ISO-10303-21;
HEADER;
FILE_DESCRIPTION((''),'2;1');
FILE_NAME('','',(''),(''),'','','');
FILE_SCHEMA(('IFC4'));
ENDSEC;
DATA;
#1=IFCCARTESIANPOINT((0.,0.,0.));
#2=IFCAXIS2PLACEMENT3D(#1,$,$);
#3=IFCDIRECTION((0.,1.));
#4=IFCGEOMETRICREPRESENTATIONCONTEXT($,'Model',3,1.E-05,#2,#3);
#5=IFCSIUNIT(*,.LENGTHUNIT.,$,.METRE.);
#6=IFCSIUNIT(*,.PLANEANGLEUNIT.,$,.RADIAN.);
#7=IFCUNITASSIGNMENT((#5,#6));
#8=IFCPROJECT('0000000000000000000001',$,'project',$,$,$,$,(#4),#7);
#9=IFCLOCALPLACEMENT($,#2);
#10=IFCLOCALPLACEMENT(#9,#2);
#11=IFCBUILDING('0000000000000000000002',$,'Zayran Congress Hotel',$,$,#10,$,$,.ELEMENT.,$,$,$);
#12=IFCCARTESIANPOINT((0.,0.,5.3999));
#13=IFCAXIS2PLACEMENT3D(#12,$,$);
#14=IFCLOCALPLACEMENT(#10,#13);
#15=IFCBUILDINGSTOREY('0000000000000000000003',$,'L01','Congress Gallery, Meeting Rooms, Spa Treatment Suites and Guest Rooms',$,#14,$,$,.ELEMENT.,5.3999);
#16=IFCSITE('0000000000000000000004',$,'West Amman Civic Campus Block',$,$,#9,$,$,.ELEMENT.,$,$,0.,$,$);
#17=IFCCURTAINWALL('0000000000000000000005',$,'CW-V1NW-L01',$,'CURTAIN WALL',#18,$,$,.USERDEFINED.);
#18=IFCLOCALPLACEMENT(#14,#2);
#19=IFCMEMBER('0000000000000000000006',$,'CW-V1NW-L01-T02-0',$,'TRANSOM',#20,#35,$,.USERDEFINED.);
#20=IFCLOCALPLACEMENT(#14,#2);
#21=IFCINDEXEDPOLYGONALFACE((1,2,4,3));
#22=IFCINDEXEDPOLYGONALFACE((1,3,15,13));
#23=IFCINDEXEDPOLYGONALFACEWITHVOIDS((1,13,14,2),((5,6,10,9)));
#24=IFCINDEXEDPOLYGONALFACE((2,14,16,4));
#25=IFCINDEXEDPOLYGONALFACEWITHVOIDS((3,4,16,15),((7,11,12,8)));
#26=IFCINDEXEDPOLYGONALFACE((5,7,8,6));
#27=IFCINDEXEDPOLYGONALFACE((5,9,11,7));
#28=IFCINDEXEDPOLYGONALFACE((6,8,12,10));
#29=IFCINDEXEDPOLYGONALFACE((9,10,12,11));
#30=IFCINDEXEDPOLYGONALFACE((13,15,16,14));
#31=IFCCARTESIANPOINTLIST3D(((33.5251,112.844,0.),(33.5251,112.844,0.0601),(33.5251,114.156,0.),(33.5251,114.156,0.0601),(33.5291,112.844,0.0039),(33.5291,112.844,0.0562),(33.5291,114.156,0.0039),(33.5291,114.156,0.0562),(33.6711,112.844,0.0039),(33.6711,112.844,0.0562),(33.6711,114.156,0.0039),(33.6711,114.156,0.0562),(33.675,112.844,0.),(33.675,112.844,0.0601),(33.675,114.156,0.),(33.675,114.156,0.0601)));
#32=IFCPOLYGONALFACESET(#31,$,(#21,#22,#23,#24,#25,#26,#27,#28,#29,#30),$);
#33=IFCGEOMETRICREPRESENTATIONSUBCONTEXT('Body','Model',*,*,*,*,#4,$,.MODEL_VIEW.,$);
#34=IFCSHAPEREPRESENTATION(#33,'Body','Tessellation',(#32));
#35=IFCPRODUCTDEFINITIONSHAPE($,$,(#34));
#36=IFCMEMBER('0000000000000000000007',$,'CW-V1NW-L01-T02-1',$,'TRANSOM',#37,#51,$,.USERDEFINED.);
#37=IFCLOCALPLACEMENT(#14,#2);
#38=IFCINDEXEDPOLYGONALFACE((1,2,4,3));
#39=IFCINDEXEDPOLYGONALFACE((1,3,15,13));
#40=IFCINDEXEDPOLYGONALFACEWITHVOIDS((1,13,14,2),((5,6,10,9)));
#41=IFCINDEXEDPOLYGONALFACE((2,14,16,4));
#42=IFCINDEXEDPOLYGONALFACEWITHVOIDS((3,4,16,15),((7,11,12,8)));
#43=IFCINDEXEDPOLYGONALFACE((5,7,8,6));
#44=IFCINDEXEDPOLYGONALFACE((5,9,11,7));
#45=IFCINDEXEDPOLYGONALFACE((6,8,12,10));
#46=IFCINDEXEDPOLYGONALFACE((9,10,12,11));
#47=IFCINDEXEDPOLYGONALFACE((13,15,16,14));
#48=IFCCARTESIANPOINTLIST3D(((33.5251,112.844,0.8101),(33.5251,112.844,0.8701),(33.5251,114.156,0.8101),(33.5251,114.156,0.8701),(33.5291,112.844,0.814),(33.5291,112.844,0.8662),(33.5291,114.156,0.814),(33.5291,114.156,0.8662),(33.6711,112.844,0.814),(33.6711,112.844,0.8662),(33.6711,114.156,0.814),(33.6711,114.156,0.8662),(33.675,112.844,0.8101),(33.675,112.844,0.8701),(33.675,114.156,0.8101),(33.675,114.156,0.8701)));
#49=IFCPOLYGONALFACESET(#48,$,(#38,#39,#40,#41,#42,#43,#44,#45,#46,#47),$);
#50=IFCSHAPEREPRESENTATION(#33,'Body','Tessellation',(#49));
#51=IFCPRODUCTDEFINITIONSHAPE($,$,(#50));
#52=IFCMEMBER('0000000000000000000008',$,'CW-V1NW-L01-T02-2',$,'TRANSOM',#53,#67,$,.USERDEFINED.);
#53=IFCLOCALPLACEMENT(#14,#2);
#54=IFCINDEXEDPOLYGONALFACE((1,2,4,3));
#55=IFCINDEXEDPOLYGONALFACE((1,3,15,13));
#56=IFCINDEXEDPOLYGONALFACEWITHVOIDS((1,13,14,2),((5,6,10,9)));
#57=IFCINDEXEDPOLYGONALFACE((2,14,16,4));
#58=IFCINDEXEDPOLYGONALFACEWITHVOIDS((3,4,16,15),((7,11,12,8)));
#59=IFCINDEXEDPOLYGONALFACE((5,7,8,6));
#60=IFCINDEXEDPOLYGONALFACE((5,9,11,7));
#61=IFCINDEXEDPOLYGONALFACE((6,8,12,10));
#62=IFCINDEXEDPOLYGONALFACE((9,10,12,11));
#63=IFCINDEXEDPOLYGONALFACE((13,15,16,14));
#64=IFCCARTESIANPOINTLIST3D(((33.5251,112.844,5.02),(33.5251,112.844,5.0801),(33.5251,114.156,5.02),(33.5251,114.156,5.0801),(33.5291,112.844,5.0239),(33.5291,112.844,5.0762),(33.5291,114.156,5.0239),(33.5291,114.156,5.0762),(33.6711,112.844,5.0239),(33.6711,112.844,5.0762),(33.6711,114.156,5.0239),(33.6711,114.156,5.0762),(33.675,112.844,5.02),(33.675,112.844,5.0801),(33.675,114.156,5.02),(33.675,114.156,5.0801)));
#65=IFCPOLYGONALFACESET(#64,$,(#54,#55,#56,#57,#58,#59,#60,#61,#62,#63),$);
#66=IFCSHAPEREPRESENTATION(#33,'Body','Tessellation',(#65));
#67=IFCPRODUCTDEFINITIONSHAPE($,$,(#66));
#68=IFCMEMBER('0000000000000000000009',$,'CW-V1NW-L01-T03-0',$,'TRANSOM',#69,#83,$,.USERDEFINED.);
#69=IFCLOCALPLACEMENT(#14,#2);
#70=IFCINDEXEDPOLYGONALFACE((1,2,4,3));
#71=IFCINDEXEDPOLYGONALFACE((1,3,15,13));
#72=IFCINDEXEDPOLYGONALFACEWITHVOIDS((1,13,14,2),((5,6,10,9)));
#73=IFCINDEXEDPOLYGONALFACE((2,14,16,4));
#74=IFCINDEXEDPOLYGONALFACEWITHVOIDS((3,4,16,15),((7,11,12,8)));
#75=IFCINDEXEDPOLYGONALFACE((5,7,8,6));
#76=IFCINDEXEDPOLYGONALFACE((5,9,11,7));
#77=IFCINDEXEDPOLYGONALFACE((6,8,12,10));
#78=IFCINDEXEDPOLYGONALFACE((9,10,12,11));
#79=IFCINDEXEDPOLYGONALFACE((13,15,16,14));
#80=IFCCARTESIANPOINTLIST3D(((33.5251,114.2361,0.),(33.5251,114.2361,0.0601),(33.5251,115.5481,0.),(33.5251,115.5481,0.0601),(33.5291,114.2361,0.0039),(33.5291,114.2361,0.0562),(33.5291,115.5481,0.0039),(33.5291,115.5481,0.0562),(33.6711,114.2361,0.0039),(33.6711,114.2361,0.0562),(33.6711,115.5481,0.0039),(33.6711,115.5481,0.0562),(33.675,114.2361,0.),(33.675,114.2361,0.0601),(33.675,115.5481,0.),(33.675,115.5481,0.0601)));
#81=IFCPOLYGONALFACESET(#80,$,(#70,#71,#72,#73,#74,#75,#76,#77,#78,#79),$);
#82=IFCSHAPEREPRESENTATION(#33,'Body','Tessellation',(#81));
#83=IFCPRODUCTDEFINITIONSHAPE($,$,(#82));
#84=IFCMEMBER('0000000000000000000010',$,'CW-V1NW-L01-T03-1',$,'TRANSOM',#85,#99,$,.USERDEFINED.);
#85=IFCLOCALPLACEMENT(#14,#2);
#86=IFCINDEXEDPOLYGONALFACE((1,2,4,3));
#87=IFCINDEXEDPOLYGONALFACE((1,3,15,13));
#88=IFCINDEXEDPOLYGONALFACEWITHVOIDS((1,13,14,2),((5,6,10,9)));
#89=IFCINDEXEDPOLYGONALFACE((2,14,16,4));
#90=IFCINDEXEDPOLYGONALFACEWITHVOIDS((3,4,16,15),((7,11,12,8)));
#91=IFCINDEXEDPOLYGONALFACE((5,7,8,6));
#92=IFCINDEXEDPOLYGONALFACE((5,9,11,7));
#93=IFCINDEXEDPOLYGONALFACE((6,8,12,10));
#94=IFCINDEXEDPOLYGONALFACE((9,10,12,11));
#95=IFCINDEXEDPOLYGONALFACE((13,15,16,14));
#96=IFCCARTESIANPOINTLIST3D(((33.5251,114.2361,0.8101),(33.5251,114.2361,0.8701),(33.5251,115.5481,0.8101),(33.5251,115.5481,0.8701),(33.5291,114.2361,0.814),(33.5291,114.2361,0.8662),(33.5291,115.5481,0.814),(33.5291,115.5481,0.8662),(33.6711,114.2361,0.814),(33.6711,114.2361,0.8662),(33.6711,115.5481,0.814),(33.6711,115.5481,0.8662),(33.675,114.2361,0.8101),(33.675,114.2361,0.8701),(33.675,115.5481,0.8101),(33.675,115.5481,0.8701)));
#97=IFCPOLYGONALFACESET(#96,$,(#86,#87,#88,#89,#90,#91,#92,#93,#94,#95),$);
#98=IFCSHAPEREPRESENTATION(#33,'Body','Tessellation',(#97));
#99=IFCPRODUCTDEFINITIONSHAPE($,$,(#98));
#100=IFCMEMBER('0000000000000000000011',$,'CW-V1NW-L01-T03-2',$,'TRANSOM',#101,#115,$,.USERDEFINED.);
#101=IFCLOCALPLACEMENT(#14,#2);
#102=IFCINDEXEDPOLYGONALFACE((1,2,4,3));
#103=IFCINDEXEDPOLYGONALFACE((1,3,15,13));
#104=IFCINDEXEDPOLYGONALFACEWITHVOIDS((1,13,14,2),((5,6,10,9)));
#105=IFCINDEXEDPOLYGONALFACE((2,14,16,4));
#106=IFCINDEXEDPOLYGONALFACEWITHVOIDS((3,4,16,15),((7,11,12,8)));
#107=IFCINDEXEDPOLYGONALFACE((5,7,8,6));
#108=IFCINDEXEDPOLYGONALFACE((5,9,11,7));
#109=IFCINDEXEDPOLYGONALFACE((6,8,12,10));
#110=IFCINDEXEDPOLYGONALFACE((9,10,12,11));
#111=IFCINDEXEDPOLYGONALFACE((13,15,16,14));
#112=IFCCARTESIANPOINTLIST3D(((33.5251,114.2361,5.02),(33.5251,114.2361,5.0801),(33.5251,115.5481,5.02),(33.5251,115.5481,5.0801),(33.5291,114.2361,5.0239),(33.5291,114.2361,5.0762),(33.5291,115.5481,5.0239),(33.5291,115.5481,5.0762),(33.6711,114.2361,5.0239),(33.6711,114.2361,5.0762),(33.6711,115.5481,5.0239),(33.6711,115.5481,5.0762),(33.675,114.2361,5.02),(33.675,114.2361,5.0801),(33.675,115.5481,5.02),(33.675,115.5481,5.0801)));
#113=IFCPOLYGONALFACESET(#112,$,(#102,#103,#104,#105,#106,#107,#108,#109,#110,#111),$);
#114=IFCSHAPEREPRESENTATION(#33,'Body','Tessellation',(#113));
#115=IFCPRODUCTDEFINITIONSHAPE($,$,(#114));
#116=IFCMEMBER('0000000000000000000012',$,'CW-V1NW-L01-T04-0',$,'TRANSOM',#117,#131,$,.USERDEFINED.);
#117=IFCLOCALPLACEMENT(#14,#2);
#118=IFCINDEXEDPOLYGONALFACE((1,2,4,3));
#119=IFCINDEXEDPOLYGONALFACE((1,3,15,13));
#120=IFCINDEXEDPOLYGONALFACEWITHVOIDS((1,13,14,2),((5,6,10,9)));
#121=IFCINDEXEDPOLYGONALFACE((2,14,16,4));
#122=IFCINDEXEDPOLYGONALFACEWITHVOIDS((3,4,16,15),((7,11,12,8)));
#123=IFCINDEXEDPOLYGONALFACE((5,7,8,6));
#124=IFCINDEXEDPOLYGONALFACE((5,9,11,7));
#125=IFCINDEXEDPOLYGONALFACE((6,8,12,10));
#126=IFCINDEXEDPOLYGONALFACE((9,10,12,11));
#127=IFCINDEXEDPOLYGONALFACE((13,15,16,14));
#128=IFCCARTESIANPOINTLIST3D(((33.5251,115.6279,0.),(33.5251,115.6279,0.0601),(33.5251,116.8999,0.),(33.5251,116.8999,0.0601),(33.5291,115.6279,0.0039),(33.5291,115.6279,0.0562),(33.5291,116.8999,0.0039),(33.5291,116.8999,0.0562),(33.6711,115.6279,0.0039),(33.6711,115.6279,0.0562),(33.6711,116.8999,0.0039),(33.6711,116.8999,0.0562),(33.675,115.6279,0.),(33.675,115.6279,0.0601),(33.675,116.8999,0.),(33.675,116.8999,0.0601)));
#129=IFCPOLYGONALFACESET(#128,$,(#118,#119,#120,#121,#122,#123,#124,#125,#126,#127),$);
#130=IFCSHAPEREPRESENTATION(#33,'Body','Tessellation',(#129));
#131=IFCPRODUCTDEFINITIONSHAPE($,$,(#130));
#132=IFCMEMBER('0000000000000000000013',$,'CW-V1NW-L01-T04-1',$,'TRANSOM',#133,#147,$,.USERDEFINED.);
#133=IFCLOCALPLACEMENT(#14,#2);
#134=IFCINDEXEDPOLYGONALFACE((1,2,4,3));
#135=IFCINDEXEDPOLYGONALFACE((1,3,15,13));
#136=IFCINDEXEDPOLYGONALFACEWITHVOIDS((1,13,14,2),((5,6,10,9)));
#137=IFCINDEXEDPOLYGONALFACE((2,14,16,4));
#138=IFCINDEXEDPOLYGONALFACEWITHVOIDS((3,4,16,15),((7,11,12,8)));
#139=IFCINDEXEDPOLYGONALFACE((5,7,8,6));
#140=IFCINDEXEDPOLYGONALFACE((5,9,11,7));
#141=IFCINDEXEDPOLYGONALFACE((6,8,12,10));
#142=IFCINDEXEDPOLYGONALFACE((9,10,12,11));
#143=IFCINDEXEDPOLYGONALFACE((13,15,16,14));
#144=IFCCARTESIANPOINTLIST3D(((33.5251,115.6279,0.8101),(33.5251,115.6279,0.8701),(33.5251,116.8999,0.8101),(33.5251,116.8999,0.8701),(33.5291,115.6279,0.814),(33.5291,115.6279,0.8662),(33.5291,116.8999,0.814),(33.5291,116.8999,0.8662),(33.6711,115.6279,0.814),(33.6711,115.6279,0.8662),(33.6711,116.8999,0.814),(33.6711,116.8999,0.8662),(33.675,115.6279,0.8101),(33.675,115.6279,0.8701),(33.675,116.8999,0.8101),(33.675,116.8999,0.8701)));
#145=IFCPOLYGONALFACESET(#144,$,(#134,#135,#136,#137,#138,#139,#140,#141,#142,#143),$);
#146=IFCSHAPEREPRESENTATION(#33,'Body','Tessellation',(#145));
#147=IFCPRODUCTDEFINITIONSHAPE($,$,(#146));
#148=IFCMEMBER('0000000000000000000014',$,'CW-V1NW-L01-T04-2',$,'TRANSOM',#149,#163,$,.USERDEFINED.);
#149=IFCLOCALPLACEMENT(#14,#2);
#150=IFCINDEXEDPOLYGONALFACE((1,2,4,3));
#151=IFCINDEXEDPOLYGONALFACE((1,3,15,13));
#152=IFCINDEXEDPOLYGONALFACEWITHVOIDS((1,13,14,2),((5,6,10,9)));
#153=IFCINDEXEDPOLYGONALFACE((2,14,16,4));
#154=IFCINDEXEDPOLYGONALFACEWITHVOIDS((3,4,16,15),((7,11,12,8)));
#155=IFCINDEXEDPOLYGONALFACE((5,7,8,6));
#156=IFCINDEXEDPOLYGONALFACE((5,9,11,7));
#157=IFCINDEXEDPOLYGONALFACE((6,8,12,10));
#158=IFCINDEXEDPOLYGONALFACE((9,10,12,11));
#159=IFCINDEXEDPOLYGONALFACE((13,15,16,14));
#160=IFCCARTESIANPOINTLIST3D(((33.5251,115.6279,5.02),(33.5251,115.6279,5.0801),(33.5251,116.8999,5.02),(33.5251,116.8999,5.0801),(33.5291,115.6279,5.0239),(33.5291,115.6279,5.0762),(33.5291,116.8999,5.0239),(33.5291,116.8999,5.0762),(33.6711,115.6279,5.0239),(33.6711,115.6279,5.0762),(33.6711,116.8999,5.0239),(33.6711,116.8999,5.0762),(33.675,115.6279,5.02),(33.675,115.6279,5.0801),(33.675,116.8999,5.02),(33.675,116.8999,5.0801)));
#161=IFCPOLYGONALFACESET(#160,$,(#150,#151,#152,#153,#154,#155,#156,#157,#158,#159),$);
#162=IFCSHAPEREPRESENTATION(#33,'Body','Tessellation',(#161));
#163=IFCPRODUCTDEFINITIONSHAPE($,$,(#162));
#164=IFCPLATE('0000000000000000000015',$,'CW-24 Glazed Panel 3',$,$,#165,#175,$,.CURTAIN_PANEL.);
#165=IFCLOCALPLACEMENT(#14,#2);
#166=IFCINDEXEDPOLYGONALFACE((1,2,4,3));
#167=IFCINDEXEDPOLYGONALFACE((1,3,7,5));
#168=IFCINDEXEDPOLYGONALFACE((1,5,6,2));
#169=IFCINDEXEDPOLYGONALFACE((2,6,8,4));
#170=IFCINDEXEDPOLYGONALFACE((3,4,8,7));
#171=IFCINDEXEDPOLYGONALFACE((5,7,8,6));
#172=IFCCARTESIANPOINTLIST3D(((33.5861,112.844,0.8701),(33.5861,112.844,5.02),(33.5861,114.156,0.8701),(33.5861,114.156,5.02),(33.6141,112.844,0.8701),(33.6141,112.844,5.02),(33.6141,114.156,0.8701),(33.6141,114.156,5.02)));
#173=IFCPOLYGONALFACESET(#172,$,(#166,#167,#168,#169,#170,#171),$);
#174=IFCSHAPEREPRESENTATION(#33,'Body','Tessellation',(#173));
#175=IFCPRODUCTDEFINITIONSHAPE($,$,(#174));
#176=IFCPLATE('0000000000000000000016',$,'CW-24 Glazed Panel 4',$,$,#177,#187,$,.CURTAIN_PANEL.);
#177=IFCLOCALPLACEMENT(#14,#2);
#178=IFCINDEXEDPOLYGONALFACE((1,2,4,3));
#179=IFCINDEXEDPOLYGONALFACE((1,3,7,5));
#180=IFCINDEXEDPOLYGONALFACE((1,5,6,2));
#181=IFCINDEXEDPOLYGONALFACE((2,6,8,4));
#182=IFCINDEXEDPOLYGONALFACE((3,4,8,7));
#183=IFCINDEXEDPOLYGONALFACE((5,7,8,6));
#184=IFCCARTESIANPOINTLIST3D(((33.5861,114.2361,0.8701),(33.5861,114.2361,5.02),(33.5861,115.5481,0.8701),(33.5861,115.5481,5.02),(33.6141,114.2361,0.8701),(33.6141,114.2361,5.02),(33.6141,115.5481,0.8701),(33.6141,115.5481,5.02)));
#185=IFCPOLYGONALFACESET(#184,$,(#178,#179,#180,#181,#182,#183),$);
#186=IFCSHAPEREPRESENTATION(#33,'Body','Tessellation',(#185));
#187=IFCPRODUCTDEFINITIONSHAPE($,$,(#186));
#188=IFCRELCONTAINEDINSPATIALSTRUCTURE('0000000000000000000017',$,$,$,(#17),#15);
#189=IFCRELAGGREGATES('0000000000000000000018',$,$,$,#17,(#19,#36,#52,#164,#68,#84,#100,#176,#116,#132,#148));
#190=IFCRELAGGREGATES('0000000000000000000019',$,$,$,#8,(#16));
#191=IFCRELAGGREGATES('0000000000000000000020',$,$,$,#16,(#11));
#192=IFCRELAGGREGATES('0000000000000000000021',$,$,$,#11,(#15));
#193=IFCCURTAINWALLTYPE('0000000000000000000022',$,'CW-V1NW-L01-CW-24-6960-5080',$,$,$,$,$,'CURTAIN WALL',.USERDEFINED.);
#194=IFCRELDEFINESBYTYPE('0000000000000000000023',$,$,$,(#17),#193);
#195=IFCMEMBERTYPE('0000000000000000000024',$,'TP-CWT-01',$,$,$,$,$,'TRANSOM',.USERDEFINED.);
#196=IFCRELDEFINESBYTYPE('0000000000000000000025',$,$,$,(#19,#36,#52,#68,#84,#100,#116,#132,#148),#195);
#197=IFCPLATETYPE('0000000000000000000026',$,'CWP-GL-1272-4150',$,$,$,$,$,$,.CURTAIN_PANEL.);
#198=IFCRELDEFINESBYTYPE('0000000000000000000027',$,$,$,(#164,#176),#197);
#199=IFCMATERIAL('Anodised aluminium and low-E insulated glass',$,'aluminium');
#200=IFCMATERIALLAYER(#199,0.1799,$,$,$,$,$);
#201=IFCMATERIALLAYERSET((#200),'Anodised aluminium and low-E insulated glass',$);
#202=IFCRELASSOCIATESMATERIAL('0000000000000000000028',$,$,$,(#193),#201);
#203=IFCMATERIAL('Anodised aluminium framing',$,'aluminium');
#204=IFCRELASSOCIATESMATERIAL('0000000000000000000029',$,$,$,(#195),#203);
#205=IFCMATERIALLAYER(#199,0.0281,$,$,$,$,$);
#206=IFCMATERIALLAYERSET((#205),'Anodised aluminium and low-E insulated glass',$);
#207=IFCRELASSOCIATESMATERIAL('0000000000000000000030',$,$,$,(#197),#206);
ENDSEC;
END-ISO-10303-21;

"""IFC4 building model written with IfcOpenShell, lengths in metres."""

from ifc_helpers import new_model, si_unit, direction, frame, origin, origin_2d, place, context, subcontext, project, spatial, rectangle, hollow_rectangle, extrude, material, layer, layer_set, material_profile, profile_set, type_object, element, aggregate, save


model = new_model("IFC4")

# Units and contexts
model_context = context("Model", 3, precision=1e-05, world=origin(), true_north=direction((0.0, 1.0)))
body_context = subcontext(model_context, "Body", "Model", "MODEL_VIEW")
ifc_project = project(units=[si_unit("LENGTHUNIT", "METRE"), si_unit("PLANEANGLEUNIT", "RADIAN")], contexts=[model_context])

# Site, building, storey
site_placement = place(None, origin())
site = spatial("IfcSite", under=ifc_project, at=site_placement, Name="West Amman Civic Campus Block", CompositionType="ELEMENT", RefElevation=0.0)
building_placement = place(site_placement, origin())
building = spatial("IfcBuilding", under=site, at=building_placement, Name="Zayran Congress Hotel", CompositionType="ELEMENT")
storey_placement = place(building_placement, frame((0.0, 0.0, 5.3999)))
storey = spatial("IfcBuildingStorey", under=building, at=storey_placement, Name="L01", Description="Congress Gallery, Meeting Rooms, Spa Treatment Suites and Guest Rooms", CompositionType="ELEMENT", Elevation=5.3999)

# Curtain wall
ifc_material_1 = material(Name="Anodised aluminium and low-E insulated glass", Category="aluminium")
ifc_material_2 = material(Name="Anodised aluminium framing", Category="aluminium")
ifc_layer_1 = layer(ifc_material_1, 0.1799)
ifc_layer_set_1 = layer_set([ifc_layer_1], Name="Anodised aluminium and low-E insulated glass")
curtain_wall_type_1 = type_object("IfcCurtainWallType", Name="CW-V1NW-L01-CW-24-6960-5080", ElementType="CURTAIN WALL", PredefinedType="USERDEFINED", material=ifc_layer_set_1)
curtain_wall_1_placement = place(storey_placement, origin())
curtain_wall_1 = element("IfcCurtainWall", 1, at=curtain_wall_1_placement, inside=storey, type_object=curtain_wall_type_1, Name="CW-V1NW-L01", ObjectType="CURTAIN WALL", PredefinedType="USERDEFINED")

# Members
ifc_material_profile_1 = material_profile(ifc_material_2, hollow_rectangle(XDim=0.0601, YDim=0.1499, WallThickness=0.0039, at=origin_2d()), Name="RHS 150x60x4")
ifc_profile_set_1 = profile_set([ifc_material_profile_1], Name="Anodised aluminium framing")
member_type_1 = type_object("IfcMemberType", Name="TP-CWT-01", ElementType="TRANSOM", PredefinedType="USERDEFINED", material=ifc_profile_set_1)
member_1_placement = place(storey_placement, frame((33.6001, 112.844, 0.03), z_axis=(0.0, 1.0, 0.0), x_axis=(0.0, 0.0, 1.0)))
member_1 = element("IfcMember", 2, at=member_1_placement, type_object=member_type_1, Name="CW-V1NW-L01-T02-0", ObjectType="TRANSOM", PredefinedType="USERDEFINED", context=body_context, shape_type="SweptSolid", body=[
    extrude(hollow_rectangle(XDim=0.0601, YDim=0.1499, WallThickness=0.0039, at=origin_2d()), origin(), (0.0, 0.0, 1.0), 1.312),
])
member_2_placement = place(storey_placement, frame((33.6001, 112.844, 0.8401), z_axis=(0.0, 1.0, 0.0), x_axis=(0.0, 0.0, 1.0)))
member_2 = element("IfcMember", 3, at=member_2_placement, type_object=member_type_1, Name="CW-V1NW-L01-T02-1", ObjectType="TRANSOM", PredefinedType="USERDEFINED", context=body_context, shape_type="SweptSolid", body=[
    extrude(hollow_rectangle(XDim=0.0601, YDim=0.1499, WallThickness=0.0039, at=origin_2d()), origin(), (0.0, 0.0, 1.0), 1.312),
])
member_3_placement = place(storey_placement, frame((33.6001, 112.844, 5.05), z_axis=(0.0, 1.0, 0.0), x_axis=(0.0, 0.0, 1.0)))
member_3 = element("IfcMember", 4, at=member_3_placement, type_object=member_type_1, Name="CW-V1NW-L01-T02-2", ObjectType="TRANSOM", PredefinedType="USERDEFINED", context=body_context, shape_type="SweptSolid", body=[
    extrude(hollow_rectangle(XDim=0.0601, YDim=0.1499, WallThickness=0.0039, at=origin_2d()), origin(), (0.0, 0.0, 1.0), 1.312),
])
member_4_placement = place(storey_placement, frame((33.6001, 114.2361, 0.03), z_axis=(0.0, 1.0, 0.0), x_axis=(0.0, 0.0, 1.0)))
member_4 = element("IfcMember", 5, at=member_4_placement, type_object=member_type_1, Name="CW-V1NW-L01-T03-0", ObjectType="TRANSOM", PredefinedType="USERDEFINED", context=body_context, shape_type="SweptSolid", body=[
    extrude(hollow_rectangle(XDim=0.0601, YDim=0.1499, WallThickness=0.0039, at=origin_2d()), origin(), (0.0, 0.0, 1.0), 1.312),
])
member_5_placement = place(storey_placement, frame((33.6001, 114.2361, 0.8401), z_axis=(0.0, 1.0, 0.0), x_axis=(0.0, 0.0, 1.0)))
member_5 = element("IfcMember", 6, at=member_5_placement, type_object=member_type_1, Name="CW-V1NW-L01-T03-1", ObjectType="TRANSOM", PredefinedType="USERDEFINED", context=body_context, shape_type="SweptSolid", body=[
    extrude(hollow_rectangle(XDim=0.0601, YDim=0.1499, WallThickness=0.0039, at=origin_2d()), origin(), (0.0, 0.0, 1.0), 1.312),
])
member_6_placement = place(storey_placement, frame((33.6001, 114.2361, 5.05), z_axis=(0.0, 1.0, 0.0), x_axis=(0.0, 0.0, 1.0)))
member_6 = element("IfcMember", 7, at=member_6_placement, type_object=member_type_1, Name="CW-V1NW-L01-T03-2", ObjectType="TRANSOM", PredefinedType="USERDEFINED", context=body_context, shape_type="SweptSolid", body=[
    extrude(hollow_rectangle(XDim=0.0601, YDim=0.1499, WallThickness=0.0039, at=origin_2d()), origin(), (0.0, 0.0, 1.0), 1.312),
])
member_7_placement = place(storey_placement, frame((33.6001, 115.6279, 0.03), z_axis=(0.0, 1.0, 0.0), x_axis=(0.0, 0.0, 1.0)))
member_7 = element("IfcMember", 8, at=member_7_placement, type_object=member_type_1, Name="CW-V1NW-L01-T04-0", ObjectType="TRANSOM", PredefinedType="USERDEFINED", context=body_context, shape_type="SweptSolid", body=[
    extrude(hollow_rectangle(XDim=0.0601, YDim=0.1499, WallThickness=0.0039, at=origin_2d()), origin(), (0.0, 0.0, 1.0), 1.272),
])
member_8_placement = place(storey_placement, frame((33.6001, 115.6279, 0.8401), z_axis=(0.0, 1.0, 0.0), x_axis=(0.0, 0.0, 1.0)))
member_8 = element("IfcMember", 9, at=member_8_placement, type_object=member_type_1, Name="CW-V1NW-L01-T04-1", ObjectType="TRANSOM", PredefinedType="USERDEFINED", context=body_context, shape_type="SweptSolid", body=[
    extrude(hollow_rectangle(XDim=0.0601, YDim=0.1499, WallThickness=0.0039, at=origin_2d()), origin(), (0.0, 0.0, 1.0), 1.272),
])
member_9_placement = place(storey_placement, frame((33.6001, 115.6279, 5.05), z_axis=(0.0, 1.0, 0.0), x_axis=(0.0, 0.0, 1.0)))
member_9 = element("IfcMember", 10, at=member_9_placement, type_object=member_type_1, Name="CW-V1NW-L01-T04-2", ObjectType="TRANSOM", PredefinedType="USERDEFINED", context=body_context, shape_type="SweptSolid", body=[
    extrude(hollow_rectangle(XDim=0.0601, YDim=0.1499, WallThickness=0.0039, at=origin_2d()), origin(), (0.0, 0.0, 1.0), 1.272),
])

# Plates
ifc_layer_2 = layer(ifc_material_1, 0.0281)
ifc_layer_set_2 = layer_set([ifc_layer_2], Name="Anodised aluminium and low-E insulated glass")
plate_type_1 = type_object("IfcPlateType", Name="CWP-GL-1272-4150", PredefinedType="CURTAIN_PANEL", material=ifc_layer_set_2)
plate_1_placement = place(storey_placement, frame((33.6001, 113.5, 0.8701), z_axis=(0.0, 0.0, 1.0), x_axis=(0.0, 1.0, 0.0)))
plate_1 = element("IfcPlate", 11, at=plate_1_placement, type_object=plate_type_1, Name="CW-24 Glazed Panel 3", PredefinedType="CURTAIN_PANEL", context=body_context, shape_type="SweptSolid", body=[
    extrude(rectangle(XDim=1.312, YDim=0.0281, at=origin_2d()), origin(), (0.0, 0.0, 1.0), 4.1499),
])
plate_2_placement = place(storey_placement, frame((33.6001, 114.8921, 0.8701), z_axis=(0.0, 0.0, 1.0), x_axis=(0.0, 1.0, 0.0)))
plate_2 = element("IfcPlate", 12, at=plate_2_placement, type_object=plate_type_1, Name="CW-24 Glazed Panel 4", PredefinedType="CURTAIN_PANEL", context=body_context, shape_type="SweptSolid", body=[
    extrude(rectangle(XDim=1.312, YDim=0.0281, at=origin_2d()), origin(), (0.0, 0.0, 1.0), 4.1499),
])
aggregate(curtain_wall_1, [member_1, member_2, member_3, plate_1, member_4, member_5, member_6, plate_2, member_7, member_8, member_9])

save(model, "model.ifc")
